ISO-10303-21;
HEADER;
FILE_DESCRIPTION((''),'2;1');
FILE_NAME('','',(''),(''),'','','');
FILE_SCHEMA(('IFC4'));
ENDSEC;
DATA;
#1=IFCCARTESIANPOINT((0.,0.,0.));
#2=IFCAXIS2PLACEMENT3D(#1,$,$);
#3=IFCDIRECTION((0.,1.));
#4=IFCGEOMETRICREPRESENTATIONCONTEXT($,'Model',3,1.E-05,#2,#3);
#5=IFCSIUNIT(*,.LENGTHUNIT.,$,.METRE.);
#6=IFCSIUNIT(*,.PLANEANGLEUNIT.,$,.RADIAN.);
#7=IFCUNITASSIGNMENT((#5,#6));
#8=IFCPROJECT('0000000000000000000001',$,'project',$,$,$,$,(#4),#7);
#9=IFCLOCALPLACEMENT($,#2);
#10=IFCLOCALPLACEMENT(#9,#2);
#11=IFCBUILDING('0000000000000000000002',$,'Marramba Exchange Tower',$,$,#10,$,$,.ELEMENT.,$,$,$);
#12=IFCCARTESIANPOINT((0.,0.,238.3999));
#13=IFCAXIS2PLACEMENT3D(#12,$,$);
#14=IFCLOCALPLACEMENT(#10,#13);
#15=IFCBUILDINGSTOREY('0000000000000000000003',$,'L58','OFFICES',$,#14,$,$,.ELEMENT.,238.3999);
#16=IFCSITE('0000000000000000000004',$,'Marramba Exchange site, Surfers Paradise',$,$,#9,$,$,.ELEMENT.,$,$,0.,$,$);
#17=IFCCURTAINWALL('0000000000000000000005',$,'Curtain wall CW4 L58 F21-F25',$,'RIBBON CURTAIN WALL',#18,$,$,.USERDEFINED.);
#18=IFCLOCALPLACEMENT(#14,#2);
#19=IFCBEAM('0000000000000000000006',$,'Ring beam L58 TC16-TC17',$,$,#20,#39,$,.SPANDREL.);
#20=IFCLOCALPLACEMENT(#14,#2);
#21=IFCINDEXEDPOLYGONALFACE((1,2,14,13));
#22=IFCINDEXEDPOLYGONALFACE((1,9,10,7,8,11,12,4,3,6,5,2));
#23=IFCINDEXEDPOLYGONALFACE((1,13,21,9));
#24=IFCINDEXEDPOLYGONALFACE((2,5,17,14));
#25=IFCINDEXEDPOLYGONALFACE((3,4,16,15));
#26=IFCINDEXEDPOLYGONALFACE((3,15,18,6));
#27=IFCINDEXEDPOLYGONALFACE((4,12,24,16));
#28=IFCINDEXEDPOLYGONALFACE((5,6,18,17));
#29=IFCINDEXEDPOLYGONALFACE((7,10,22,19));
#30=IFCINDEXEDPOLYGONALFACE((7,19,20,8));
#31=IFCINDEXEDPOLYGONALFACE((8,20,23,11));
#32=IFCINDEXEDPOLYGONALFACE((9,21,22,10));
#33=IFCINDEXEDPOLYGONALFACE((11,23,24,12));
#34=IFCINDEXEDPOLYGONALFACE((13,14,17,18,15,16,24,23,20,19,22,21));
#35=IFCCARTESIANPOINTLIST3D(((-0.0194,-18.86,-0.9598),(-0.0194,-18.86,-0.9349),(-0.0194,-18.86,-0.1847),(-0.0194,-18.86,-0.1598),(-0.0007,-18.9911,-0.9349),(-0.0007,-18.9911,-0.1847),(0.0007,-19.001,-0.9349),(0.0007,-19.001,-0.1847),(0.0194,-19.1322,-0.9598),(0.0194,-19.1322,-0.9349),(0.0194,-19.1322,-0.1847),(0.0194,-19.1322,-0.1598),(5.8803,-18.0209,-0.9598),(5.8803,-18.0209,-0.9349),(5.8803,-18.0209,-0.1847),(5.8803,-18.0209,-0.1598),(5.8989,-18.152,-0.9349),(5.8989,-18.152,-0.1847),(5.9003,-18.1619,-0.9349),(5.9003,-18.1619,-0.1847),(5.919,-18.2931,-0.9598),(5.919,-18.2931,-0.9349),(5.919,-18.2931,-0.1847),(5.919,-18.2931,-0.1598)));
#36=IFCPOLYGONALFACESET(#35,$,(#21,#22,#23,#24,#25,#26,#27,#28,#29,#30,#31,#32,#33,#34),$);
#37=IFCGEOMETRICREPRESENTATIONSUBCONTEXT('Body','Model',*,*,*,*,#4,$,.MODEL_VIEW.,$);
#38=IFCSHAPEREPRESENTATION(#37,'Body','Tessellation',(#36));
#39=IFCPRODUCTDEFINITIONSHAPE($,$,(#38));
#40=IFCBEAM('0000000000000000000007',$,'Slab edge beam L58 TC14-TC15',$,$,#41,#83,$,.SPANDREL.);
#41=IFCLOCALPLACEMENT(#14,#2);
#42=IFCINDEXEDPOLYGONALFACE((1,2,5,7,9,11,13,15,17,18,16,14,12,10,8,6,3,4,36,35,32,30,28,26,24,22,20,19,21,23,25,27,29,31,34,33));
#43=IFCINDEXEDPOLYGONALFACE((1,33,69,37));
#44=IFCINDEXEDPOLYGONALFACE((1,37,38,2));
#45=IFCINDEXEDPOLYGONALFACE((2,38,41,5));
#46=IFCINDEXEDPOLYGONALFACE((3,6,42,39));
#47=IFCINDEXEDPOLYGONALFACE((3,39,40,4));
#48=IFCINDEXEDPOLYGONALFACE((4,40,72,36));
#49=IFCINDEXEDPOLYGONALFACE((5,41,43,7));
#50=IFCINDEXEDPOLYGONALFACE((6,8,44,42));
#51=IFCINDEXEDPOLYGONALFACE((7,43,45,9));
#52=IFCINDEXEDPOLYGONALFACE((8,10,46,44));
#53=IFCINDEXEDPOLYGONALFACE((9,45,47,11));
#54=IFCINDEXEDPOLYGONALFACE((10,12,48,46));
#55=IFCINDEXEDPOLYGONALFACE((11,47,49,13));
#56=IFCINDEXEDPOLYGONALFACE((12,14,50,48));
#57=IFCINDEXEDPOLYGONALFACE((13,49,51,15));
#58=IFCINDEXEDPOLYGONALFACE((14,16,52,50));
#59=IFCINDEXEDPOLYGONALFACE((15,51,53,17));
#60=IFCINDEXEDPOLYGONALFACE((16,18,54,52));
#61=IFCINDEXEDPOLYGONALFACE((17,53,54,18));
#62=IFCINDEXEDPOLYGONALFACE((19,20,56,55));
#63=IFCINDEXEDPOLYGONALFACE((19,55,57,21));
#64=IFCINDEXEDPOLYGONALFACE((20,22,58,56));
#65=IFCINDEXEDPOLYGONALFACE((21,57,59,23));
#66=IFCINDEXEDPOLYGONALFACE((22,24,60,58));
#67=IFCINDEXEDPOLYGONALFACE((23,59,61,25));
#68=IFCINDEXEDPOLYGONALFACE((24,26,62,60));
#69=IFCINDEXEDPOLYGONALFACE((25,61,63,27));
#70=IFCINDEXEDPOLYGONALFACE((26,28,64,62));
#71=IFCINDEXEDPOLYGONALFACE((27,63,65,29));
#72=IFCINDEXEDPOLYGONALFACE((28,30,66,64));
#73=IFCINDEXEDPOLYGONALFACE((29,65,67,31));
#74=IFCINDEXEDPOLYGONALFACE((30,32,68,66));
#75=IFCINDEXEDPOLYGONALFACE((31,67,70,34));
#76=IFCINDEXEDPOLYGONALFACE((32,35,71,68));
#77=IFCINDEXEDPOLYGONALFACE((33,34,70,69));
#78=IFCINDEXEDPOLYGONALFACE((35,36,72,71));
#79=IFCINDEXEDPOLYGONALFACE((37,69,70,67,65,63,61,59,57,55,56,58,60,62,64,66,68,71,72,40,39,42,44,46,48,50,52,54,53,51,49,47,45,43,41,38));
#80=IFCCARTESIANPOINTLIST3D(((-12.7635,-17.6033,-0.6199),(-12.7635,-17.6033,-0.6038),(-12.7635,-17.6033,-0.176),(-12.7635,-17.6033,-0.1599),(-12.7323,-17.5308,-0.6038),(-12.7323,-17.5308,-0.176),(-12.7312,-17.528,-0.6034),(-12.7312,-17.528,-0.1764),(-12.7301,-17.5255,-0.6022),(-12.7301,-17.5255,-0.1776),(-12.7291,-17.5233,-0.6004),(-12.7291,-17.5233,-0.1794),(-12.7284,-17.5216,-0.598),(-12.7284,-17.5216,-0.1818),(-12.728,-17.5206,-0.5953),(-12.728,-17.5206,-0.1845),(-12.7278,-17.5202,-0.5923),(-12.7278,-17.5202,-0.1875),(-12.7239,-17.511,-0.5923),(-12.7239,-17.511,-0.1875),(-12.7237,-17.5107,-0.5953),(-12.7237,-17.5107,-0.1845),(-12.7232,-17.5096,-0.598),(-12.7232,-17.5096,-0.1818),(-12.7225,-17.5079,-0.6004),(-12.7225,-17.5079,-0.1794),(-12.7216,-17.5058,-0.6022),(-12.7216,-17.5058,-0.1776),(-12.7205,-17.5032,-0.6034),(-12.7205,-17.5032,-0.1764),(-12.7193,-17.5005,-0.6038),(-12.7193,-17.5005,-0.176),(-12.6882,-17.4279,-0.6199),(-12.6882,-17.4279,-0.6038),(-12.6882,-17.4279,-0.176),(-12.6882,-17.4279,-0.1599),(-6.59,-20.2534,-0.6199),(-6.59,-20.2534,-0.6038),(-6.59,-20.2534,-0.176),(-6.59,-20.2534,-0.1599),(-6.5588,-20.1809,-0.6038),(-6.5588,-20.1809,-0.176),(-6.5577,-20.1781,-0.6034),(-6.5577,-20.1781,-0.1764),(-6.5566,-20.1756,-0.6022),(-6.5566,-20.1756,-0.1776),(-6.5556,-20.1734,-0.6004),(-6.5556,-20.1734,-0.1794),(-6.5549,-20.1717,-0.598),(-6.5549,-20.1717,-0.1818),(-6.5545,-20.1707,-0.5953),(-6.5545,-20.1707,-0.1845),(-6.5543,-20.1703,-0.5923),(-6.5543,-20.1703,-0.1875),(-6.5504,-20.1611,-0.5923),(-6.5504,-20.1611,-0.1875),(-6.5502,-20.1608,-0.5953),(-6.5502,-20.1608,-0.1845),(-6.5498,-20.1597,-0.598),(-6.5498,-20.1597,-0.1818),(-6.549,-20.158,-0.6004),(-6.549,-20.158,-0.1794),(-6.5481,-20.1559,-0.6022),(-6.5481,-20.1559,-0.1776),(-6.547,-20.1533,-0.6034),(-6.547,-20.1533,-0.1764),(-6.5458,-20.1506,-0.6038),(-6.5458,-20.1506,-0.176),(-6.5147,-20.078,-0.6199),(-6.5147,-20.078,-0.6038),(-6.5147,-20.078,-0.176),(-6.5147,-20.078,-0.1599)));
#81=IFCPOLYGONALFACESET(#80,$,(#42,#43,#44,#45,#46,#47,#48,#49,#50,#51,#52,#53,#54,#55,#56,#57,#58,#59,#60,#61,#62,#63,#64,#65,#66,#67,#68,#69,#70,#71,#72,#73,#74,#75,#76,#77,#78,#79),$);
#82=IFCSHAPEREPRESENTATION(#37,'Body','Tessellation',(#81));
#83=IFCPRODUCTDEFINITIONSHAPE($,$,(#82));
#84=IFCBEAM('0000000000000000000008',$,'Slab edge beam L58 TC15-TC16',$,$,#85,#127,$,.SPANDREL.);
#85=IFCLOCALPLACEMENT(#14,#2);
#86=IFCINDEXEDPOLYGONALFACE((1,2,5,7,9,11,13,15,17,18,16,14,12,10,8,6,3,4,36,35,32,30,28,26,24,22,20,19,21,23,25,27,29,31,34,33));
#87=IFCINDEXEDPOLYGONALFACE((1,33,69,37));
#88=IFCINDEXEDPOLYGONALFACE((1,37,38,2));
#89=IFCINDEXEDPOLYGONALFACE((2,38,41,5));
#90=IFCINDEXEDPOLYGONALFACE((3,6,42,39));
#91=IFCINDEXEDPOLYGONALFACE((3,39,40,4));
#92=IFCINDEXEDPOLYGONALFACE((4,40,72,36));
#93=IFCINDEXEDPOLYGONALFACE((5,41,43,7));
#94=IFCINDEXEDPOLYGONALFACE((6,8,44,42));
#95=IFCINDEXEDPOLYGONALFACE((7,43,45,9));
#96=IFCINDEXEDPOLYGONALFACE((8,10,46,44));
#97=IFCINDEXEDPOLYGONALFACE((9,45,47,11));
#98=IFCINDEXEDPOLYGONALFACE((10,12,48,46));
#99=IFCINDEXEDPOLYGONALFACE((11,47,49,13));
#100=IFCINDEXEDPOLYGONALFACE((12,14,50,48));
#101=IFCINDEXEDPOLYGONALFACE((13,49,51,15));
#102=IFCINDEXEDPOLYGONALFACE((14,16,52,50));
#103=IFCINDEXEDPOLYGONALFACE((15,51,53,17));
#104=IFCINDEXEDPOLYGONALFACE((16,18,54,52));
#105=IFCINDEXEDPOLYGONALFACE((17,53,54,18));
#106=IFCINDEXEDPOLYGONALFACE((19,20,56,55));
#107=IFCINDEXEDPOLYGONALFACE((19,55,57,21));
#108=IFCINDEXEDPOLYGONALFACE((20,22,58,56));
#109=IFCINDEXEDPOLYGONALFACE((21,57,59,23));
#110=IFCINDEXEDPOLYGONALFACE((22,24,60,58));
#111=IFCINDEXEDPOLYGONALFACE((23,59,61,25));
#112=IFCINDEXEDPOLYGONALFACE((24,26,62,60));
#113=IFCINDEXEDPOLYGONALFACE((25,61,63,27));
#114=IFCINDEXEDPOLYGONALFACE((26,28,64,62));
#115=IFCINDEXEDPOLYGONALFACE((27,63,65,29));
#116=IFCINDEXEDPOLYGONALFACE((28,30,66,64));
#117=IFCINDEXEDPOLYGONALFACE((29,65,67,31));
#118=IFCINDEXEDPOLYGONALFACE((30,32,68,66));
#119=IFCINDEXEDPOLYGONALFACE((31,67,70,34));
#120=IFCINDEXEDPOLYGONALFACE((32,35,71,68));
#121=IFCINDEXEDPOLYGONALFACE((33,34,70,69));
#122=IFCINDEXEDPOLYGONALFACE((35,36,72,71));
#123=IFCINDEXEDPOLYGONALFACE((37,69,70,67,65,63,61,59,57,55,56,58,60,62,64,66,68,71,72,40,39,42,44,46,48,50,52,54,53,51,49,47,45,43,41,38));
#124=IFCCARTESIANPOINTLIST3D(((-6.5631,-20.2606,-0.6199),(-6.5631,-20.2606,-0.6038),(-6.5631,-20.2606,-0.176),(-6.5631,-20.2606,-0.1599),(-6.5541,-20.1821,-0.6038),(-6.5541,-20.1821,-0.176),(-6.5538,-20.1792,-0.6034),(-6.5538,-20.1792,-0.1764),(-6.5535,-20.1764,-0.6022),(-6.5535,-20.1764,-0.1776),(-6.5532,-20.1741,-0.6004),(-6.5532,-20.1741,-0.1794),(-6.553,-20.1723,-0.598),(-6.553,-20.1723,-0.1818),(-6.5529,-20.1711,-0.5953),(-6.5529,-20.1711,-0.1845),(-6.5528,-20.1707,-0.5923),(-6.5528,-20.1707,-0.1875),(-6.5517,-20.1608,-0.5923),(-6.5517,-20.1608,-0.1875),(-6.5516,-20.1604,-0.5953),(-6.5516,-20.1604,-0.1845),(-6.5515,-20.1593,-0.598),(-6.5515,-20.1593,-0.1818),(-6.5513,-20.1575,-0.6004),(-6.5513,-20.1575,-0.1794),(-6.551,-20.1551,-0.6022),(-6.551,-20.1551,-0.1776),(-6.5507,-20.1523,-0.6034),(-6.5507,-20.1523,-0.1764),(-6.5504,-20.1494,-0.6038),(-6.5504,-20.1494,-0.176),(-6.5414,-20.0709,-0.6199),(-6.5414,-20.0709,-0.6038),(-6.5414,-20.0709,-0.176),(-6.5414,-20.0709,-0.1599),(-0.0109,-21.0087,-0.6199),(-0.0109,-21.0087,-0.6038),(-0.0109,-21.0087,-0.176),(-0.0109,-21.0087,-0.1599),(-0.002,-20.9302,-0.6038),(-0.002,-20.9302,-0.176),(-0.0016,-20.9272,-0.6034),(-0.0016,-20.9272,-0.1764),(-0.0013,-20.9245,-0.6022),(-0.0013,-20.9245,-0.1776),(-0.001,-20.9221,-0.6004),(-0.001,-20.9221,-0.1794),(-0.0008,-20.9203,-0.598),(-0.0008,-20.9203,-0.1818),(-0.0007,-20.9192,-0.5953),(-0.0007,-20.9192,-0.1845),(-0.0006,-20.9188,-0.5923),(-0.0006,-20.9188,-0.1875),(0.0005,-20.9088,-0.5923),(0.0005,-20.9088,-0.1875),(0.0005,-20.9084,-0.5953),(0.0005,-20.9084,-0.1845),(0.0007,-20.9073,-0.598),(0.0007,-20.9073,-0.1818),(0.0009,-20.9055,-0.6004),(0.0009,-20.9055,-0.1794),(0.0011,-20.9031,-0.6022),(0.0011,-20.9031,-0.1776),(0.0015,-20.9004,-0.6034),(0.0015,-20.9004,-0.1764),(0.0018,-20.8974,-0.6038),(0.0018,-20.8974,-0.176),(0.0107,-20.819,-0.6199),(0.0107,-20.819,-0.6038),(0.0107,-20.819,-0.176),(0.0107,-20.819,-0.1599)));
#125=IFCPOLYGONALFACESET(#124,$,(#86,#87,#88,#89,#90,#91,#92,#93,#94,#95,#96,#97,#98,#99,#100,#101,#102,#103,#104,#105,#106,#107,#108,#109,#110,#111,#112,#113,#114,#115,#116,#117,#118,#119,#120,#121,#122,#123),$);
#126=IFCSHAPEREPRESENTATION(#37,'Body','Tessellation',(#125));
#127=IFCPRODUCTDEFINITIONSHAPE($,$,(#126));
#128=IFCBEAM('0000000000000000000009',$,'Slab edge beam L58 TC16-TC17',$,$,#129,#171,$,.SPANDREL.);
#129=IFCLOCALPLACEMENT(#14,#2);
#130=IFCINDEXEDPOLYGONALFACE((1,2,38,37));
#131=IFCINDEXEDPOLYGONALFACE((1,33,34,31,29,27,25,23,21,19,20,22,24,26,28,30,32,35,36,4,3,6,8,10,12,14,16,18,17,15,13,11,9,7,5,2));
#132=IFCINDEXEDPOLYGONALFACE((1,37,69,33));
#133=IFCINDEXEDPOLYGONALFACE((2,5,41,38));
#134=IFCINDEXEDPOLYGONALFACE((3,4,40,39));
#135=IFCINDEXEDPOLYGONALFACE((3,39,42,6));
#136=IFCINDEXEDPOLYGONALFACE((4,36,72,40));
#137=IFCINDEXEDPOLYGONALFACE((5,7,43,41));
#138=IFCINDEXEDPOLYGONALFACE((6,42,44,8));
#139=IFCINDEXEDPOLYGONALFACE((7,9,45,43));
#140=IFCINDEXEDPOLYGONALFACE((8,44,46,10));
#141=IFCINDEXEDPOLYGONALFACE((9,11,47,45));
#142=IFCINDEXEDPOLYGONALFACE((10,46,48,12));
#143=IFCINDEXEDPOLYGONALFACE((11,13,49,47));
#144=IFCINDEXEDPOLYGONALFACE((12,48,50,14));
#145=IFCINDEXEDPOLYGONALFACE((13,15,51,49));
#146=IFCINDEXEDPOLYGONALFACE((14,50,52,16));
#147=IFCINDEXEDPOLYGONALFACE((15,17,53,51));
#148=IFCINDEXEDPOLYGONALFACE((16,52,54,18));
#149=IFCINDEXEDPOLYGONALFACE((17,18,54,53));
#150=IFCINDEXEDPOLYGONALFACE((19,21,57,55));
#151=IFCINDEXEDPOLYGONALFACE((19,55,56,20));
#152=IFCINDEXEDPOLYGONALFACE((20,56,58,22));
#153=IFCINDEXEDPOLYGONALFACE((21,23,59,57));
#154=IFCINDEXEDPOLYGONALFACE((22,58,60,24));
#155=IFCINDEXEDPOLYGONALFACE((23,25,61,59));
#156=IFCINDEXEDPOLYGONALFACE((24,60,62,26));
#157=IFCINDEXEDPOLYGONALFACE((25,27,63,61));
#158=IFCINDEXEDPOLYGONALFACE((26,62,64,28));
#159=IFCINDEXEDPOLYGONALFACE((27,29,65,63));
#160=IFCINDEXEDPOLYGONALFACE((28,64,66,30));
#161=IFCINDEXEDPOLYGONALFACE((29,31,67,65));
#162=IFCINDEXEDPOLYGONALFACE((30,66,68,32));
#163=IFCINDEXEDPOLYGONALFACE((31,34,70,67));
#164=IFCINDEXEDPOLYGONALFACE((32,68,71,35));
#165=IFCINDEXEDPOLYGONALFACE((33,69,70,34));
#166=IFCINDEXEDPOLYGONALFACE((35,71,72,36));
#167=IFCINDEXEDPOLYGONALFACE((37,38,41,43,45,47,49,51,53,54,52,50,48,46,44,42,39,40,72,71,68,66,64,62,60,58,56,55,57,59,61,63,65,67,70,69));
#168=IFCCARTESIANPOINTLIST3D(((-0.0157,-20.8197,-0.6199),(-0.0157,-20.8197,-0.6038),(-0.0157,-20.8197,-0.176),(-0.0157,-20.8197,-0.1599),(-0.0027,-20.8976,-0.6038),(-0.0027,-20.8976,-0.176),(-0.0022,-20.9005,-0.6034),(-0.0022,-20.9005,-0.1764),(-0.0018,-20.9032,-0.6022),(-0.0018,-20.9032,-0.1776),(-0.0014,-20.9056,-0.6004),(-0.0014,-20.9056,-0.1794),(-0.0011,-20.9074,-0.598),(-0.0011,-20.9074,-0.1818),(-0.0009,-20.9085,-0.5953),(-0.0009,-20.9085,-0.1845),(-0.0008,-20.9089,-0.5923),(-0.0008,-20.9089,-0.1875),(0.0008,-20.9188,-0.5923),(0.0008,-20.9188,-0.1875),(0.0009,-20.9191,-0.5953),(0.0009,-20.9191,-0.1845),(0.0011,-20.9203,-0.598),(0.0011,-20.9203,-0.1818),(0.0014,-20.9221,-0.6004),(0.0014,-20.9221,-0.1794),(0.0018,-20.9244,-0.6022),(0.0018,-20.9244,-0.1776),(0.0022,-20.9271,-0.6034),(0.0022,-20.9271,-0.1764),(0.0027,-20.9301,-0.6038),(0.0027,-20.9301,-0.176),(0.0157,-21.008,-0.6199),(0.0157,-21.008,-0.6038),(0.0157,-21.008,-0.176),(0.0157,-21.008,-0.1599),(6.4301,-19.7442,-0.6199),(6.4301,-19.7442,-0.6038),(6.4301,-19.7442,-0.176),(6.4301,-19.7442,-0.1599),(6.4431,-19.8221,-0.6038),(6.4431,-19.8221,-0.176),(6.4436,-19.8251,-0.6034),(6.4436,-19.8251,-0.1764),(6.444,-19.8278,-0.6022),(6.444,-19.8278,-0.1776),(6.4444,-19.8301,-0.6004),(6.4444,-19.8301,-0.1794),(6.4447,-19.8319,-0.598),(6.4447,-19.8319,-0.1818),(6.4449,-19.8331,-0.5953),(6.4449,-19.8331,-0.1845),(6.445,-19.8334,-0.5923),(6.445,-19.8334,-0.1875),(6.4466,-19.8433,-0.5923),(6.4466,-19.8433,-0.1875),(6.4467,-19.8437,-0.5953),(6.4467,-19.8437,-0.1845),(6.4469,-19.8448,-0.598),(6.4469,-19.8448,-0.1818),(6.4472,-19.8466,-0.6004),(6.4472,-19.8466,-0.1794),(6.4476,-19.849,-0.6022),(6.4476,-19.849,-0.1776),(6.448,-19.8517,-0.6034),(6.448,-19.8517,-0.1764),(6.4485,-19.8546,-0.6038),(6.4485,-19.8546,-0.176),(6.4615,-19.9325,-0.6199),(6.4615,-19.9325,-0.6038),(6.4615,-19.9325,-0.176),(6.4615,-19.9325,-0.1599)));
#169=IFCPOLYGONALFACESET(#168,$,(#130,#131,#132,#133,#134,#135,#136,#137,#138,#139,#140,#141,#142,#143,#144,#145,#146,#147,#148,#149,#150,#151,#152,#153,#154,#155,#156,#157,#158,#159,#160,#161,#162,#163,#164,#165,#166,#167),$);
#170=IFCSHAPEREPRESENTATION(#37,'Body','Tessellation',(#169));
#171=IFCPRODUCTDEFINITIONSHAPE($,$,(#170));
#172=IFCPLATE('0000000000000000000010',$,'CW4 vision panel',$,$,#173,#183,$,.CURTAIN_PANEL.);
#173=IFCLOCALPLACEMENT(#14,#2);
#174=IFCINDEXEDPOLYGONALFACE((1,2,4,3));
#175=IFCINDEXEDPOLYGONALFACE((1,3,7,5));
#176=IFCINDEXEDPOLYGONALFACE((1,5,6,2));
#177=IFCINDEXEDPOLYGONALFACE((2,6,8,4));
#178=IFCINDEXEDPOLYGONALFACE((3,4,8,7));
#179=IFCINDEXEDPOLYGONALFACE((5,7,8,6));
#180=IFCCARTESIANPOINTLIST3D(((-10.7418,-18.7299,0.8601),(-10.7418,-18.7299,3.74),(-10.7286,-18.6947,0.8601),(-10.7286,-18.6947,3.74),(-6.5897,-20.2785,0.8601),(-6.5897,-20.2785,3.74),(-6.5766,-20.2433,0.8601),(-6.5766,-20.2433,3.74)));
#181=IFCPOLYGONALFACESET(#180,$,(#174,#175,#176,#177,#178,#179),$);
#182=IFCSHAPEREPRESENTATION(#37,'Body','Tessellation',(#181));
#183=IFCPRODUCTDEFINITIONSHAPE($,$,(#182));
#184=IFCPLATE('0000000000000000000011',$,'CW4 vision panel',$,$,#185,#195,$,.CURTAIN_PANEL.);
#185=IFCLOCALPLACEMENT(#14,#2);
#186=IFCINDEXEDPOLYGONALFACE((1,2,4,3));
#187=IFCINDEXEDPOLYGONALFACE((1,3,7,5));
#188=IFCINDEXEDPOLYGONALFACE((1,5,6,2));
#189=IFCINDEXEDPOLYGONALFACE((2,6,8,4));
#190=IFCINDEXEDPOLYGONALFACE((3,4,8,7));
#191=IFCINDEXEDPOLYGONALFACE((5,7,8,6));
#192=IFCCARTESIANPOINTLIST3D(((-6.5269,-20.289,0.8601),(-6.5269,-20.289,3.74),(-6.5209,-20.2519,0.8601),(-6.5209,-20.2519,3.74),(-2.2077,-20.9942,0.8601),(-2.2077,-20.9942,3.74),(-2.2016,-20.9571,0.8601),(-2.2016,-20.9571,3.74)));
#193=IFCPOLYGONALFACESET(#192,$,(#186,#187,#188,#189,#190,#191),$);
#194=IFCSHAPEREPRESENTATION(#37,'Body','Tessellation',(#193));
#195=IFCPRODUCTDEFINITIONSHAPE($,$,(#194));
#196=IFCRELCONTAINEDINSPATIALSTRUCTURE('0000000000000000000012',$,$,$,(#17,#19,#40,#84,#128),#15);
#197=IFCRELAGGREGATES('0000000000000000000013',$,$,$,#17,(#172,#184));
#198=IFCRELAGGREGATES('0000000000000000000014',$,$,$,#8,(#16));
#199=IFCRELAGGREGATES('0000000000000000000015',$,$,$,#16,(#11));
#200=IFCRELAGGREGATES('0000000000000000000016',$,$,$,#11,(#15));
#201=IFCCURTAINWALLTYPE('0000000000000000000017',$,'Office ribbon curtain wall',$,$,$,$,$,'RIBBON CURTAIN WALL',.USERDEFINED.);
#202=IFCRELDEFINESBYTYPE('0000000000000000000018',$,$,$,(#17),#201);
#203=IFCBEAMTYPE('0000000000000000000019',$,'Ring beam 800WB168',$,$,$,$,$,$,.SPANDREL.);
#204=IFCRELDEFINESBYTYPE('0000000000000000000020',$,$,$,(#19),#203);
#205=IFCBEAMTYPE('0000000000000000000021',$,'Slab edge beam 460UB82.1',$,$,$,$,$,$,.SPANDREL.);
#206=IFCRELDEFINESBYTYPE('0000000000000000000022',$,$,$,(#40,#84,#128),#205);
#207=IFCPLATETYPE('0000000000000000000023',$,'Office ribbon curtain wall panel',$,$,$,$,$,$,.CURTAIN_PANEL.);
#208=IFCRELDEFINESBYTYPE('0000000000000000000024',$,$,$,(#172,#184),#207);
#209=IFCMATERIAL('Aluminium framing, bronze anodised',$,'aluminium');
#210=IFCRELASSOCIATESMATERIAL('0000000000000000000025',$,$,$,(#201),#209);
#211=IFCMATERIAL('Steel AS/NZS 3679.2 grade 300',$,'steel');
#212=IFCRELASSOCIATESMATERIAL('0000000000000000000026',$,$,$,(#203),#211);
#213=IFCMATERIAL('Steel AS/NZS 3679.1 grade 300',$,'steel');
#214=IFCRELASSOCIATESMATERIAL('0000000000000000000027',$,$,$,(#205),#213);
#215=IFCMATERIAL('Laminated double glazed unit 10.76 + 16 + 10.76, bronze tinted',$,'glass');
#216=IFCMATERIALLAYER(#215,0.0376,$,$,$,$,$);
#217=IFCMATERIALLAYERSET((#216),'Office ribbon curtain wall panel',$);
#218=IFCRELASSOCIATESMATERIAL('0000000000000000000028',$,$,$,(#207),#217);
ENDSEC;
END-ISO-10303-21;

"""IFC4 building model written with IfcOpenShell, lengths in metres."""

from ifc_helpers import new_model, si_unit, direction, frame, origin, origin_2d, place, context, subcontext, project, spatial, rectangle, i_section, extrude, material, layer, layer_set, material_profile, profile_set, type_object, element, aggregate, save


model = new_model("IFC4")

# Units and contexts
model_context = context("Model", 3, precision=1e-05, world=origin(), true_north=direction((0.0, 1.0)))
body_context = subcontext(model_context, "Body", "Model", "MODEL_VIEW")
ifc_project = project(units=[si_unit("LENGTHUNIT", "METRE"), si_unit("PLANEANGLEUNIT", "RADIAN")], contexts=[model_context])

# Site, building, storey
site_placement = place(None, origin())
site = spatial("IfcSite", under=ifc_project, at=site_placement, Name="Marramba Exchange site, Surfers Paradise", CompositionType="ELEMENT", RefElevation=0.0)
building_placement = place(site_placement, origin())
building = spatial("IfcBuilding", under=site, at=building_placement, Name="Marramba Exchange Tower", CompositionType="ELEMENT")
storey_placement = place(building_placement, frame((0.0, 0.0, 238.3999)))
storey = spatial("IfcBuildingStorey", under=building, at=storey_placement, Name="L58", Description="OFFICES", CompositionType="ELEMENT", Elevation=238.3999)

# Shared definitions
ifc_material_1 = material(Name="Steel AS/NZS 3679.2 grade 300", Category="steel")

# Curtain wall
ifc_material_2 = material(Name="Aluminium framing, bronze anodised", Category="aluminium")
curtain_wall_type = type_object("IfcCurtainWallType", Name="Office ribbon curtain wall", ElementType="RIBBON CURTAIN WALL", PredefinedType="USERDEFINED", material=ifc_material_2)
curtain_wall_placement = place(storey_placement, origin())
curtain_wall = element("IfcCurtainWall", 1, at=curtain_wall_placement, inside=storey, type_object=curtain_wall_type, Name="Curtain wall CW4 L58 F21-F25", ObjectType="RIBBON CURTAIN WALL", PredefinedType="USERDEFINED")

# Beams
ifc_material_profile_1 = material_profile(ifc_material_1, i_section(OverallWidth=0.2749, OverallDepth=0.8, WebThickness=0.01, FlangeThickness=0.0249, at=origin_2d()), Name="800WB168")
ifc_profile_set_1 = profile_set([ifc_material_profile_1], Name="Steel AS/NZS 3679.2 grade 300")
beam_type_1 = type_object("IfcBeamType", Name="Ring beam 800WB168", PredefinedType="SPANDREL", material=ifc_profile_set_1)
for number, where, z_axis, x_axis, name in (
    (2, (0.0, -18.9961, -0.5598), (0.990036, 0.140813, 0.0), (-0.140813, 0.990036, 0.0), "Ring beam L58 TC16-TC17"),
):
    element("IfcBeam", number, at=place(storey_placement, frame(where, z_axis=z_axis, x_axis=x_axis)), inside=storey, type_object=beam_type_1, Name=name, PredefinedType="SPANDREL", context=body_context, shape_type="SweptSolid", body=[
        extrude(i_section(OverallWidth=0.2749, OverallDepth=0.8, WebThickness=0.01, FlangeThickness=0.0249, at=origin_2d()), origin(), (0.0, 0.0, 1.0), 5.959),
    ])
ifc_material_3 = material(Name="Steel AS/NZS 3679.1 grade 300", Category="steel")
ifc_material_profile_2 = material_profile(ifc_material_3, i_section(OverallWidth=0.1909, OverallDepth=0.46, WebThickness=0.01, FlangeThickness=0.0161, FilletRadius=0.0115, at=origin_2d()), Name="460UB82.1")
ifc_profile_set_2 = profile_set([ifc_material_profile_2], Name="Steel AS/NZS 3679.1 grade 300")
beam_type_2 = type_object("IfcBeamType", Name="Slab edge beam 460UB82.1", PredefinedType="SPANDREL", material=ifc_profile_set_2)
beam_1_placement = place(storey_placement, frame((-12.7258, -17.5156, -0.3899), z_axis=(0.918912, -0.394463, 0.0), x_axis=(0.394463, 0.918912, 0.0)))
element("IfcBeam", 3, at=beam_1_placement, inside=storey, type_object=beam_type_2, Name="Slab edge beam L58 TC14-TC15", PredefinedType="SPANDREL", context=body_context, shape_type="SweptSolid", body=[
    extrude(i_section(OverallWidth=0.1909, OverallDepth=0.46, WebThickness=0.01, FlangeThickness=0.0161, FilletRadius=0.0115, at=origin_2d()), origin(), (0.0, 0.0, 1.0), 6.7183),
])
beam_2_placement = place(storey_placement, frame((-6.5522, -20.1658, -0.3899), z_axis=(0.993546, -0.11343, 0.0), x_axis=(0.11343, 0.993546, 0.0)))
element("IfcBeam", 4, at=beam_2_placement, inside=storey, type_object=beam_type_2, Name="Slab edge beam L58 TC15-TC16", PredefinedType="SPANDREL", context=body_context, shape_type="SweptSolid", body=[
    extrude(i_section(OverallWidth=0.1909, OverallDepth=0.46, WebThickness=0.01, FlangeThickness=0.0161, FilletRadius=0.0115, at=origin_2d()), origin(), (0.0, 0.0, 1.0), 6.5947),
])
beam_3_placement = place(storey_placement, frame((0.0, -20.9138, -0.3899), z_axis=(0.986366, 0.164569, 0.0), x_axis=(-0.164569, 0.986366, 0.0)))
element("IfcBeam", 5, at=beam_3_placement, inside=storey, type_object=beam_type_2, Name="Slab edge beam L58 TC16-TC17", PredefinedType="SPANDREL", context=body_context, shape_type="SweptSolid", body=[
    extrude(i_section(OverallWidth=0.1909, OverallDepth=0.46, WebThickness=0.01, FlangeThickness=0.0161, FilletRadius=0.0115, at=origin_2d()), origin(), (0.0, 0.0, 1.0), 6.5349),
])

# Plates
ifc_material_4 = material(Name="Laminated double glazed unit 10.76 + 16 + 10.76, bronze tinted", Category="glass")
ifc_layer_1 = layer(ifc_material_4, 0.0376)
ifc_layer_set_1 = layer_set([ifc_layer_1], Name="Office ribbon curtain wall panel")
plate_type = type_object("IfcPlateType", Name="Office ribbon curtain wall panel", PredefinedType="CURTAIN_PANEL", material=ifc_layer_set_1)
plate_1_placement = place(storey_placement, frame((-8.6592, -19.4866, 0.8601), z_axis=(0.0, 0.0, 1.0), x_axis=(0.936952, -0.349459, 0.0)))
plate_1 = element("IfcPlate", 6, at=plate_1_placement, type_object=plate_type, Name="CW4 vision panel", PredefinedType="CURTAIN_PANEL", context=body_context, shape_type="SweptSolid", body=[
    extrude(rectangle(XDim=4.4314, YDim=0.0376, at=origin_2d()), origin(), (0.0, 0.0, 1.0), 2.8799),
])
plate_2_placement = place(storey_placement, frame((-4.3643, -20.623, 0.8601), z_axis=(0.0, 0.0, 1.0), x_axis=(0.986931, -0.161146, 0.0)))
plate_2 = element("IfcPlate", 7, at=plate_2_placement, type_object=plate_type, Name="CW4 vision panel", PredefinedType="CURTAIN_PANEL", context=body_context, shape_type="SweptSolid", body=[
    extrude(rectangle(XDim=4.3765, YDim=0.0376, at=origin_2d()), origin(), (0.0, 0.0, 1.0), 2.8799),
])
aggregate(curtain_wall, [plate_1, plate_2])

save(model, "model.ifc")
